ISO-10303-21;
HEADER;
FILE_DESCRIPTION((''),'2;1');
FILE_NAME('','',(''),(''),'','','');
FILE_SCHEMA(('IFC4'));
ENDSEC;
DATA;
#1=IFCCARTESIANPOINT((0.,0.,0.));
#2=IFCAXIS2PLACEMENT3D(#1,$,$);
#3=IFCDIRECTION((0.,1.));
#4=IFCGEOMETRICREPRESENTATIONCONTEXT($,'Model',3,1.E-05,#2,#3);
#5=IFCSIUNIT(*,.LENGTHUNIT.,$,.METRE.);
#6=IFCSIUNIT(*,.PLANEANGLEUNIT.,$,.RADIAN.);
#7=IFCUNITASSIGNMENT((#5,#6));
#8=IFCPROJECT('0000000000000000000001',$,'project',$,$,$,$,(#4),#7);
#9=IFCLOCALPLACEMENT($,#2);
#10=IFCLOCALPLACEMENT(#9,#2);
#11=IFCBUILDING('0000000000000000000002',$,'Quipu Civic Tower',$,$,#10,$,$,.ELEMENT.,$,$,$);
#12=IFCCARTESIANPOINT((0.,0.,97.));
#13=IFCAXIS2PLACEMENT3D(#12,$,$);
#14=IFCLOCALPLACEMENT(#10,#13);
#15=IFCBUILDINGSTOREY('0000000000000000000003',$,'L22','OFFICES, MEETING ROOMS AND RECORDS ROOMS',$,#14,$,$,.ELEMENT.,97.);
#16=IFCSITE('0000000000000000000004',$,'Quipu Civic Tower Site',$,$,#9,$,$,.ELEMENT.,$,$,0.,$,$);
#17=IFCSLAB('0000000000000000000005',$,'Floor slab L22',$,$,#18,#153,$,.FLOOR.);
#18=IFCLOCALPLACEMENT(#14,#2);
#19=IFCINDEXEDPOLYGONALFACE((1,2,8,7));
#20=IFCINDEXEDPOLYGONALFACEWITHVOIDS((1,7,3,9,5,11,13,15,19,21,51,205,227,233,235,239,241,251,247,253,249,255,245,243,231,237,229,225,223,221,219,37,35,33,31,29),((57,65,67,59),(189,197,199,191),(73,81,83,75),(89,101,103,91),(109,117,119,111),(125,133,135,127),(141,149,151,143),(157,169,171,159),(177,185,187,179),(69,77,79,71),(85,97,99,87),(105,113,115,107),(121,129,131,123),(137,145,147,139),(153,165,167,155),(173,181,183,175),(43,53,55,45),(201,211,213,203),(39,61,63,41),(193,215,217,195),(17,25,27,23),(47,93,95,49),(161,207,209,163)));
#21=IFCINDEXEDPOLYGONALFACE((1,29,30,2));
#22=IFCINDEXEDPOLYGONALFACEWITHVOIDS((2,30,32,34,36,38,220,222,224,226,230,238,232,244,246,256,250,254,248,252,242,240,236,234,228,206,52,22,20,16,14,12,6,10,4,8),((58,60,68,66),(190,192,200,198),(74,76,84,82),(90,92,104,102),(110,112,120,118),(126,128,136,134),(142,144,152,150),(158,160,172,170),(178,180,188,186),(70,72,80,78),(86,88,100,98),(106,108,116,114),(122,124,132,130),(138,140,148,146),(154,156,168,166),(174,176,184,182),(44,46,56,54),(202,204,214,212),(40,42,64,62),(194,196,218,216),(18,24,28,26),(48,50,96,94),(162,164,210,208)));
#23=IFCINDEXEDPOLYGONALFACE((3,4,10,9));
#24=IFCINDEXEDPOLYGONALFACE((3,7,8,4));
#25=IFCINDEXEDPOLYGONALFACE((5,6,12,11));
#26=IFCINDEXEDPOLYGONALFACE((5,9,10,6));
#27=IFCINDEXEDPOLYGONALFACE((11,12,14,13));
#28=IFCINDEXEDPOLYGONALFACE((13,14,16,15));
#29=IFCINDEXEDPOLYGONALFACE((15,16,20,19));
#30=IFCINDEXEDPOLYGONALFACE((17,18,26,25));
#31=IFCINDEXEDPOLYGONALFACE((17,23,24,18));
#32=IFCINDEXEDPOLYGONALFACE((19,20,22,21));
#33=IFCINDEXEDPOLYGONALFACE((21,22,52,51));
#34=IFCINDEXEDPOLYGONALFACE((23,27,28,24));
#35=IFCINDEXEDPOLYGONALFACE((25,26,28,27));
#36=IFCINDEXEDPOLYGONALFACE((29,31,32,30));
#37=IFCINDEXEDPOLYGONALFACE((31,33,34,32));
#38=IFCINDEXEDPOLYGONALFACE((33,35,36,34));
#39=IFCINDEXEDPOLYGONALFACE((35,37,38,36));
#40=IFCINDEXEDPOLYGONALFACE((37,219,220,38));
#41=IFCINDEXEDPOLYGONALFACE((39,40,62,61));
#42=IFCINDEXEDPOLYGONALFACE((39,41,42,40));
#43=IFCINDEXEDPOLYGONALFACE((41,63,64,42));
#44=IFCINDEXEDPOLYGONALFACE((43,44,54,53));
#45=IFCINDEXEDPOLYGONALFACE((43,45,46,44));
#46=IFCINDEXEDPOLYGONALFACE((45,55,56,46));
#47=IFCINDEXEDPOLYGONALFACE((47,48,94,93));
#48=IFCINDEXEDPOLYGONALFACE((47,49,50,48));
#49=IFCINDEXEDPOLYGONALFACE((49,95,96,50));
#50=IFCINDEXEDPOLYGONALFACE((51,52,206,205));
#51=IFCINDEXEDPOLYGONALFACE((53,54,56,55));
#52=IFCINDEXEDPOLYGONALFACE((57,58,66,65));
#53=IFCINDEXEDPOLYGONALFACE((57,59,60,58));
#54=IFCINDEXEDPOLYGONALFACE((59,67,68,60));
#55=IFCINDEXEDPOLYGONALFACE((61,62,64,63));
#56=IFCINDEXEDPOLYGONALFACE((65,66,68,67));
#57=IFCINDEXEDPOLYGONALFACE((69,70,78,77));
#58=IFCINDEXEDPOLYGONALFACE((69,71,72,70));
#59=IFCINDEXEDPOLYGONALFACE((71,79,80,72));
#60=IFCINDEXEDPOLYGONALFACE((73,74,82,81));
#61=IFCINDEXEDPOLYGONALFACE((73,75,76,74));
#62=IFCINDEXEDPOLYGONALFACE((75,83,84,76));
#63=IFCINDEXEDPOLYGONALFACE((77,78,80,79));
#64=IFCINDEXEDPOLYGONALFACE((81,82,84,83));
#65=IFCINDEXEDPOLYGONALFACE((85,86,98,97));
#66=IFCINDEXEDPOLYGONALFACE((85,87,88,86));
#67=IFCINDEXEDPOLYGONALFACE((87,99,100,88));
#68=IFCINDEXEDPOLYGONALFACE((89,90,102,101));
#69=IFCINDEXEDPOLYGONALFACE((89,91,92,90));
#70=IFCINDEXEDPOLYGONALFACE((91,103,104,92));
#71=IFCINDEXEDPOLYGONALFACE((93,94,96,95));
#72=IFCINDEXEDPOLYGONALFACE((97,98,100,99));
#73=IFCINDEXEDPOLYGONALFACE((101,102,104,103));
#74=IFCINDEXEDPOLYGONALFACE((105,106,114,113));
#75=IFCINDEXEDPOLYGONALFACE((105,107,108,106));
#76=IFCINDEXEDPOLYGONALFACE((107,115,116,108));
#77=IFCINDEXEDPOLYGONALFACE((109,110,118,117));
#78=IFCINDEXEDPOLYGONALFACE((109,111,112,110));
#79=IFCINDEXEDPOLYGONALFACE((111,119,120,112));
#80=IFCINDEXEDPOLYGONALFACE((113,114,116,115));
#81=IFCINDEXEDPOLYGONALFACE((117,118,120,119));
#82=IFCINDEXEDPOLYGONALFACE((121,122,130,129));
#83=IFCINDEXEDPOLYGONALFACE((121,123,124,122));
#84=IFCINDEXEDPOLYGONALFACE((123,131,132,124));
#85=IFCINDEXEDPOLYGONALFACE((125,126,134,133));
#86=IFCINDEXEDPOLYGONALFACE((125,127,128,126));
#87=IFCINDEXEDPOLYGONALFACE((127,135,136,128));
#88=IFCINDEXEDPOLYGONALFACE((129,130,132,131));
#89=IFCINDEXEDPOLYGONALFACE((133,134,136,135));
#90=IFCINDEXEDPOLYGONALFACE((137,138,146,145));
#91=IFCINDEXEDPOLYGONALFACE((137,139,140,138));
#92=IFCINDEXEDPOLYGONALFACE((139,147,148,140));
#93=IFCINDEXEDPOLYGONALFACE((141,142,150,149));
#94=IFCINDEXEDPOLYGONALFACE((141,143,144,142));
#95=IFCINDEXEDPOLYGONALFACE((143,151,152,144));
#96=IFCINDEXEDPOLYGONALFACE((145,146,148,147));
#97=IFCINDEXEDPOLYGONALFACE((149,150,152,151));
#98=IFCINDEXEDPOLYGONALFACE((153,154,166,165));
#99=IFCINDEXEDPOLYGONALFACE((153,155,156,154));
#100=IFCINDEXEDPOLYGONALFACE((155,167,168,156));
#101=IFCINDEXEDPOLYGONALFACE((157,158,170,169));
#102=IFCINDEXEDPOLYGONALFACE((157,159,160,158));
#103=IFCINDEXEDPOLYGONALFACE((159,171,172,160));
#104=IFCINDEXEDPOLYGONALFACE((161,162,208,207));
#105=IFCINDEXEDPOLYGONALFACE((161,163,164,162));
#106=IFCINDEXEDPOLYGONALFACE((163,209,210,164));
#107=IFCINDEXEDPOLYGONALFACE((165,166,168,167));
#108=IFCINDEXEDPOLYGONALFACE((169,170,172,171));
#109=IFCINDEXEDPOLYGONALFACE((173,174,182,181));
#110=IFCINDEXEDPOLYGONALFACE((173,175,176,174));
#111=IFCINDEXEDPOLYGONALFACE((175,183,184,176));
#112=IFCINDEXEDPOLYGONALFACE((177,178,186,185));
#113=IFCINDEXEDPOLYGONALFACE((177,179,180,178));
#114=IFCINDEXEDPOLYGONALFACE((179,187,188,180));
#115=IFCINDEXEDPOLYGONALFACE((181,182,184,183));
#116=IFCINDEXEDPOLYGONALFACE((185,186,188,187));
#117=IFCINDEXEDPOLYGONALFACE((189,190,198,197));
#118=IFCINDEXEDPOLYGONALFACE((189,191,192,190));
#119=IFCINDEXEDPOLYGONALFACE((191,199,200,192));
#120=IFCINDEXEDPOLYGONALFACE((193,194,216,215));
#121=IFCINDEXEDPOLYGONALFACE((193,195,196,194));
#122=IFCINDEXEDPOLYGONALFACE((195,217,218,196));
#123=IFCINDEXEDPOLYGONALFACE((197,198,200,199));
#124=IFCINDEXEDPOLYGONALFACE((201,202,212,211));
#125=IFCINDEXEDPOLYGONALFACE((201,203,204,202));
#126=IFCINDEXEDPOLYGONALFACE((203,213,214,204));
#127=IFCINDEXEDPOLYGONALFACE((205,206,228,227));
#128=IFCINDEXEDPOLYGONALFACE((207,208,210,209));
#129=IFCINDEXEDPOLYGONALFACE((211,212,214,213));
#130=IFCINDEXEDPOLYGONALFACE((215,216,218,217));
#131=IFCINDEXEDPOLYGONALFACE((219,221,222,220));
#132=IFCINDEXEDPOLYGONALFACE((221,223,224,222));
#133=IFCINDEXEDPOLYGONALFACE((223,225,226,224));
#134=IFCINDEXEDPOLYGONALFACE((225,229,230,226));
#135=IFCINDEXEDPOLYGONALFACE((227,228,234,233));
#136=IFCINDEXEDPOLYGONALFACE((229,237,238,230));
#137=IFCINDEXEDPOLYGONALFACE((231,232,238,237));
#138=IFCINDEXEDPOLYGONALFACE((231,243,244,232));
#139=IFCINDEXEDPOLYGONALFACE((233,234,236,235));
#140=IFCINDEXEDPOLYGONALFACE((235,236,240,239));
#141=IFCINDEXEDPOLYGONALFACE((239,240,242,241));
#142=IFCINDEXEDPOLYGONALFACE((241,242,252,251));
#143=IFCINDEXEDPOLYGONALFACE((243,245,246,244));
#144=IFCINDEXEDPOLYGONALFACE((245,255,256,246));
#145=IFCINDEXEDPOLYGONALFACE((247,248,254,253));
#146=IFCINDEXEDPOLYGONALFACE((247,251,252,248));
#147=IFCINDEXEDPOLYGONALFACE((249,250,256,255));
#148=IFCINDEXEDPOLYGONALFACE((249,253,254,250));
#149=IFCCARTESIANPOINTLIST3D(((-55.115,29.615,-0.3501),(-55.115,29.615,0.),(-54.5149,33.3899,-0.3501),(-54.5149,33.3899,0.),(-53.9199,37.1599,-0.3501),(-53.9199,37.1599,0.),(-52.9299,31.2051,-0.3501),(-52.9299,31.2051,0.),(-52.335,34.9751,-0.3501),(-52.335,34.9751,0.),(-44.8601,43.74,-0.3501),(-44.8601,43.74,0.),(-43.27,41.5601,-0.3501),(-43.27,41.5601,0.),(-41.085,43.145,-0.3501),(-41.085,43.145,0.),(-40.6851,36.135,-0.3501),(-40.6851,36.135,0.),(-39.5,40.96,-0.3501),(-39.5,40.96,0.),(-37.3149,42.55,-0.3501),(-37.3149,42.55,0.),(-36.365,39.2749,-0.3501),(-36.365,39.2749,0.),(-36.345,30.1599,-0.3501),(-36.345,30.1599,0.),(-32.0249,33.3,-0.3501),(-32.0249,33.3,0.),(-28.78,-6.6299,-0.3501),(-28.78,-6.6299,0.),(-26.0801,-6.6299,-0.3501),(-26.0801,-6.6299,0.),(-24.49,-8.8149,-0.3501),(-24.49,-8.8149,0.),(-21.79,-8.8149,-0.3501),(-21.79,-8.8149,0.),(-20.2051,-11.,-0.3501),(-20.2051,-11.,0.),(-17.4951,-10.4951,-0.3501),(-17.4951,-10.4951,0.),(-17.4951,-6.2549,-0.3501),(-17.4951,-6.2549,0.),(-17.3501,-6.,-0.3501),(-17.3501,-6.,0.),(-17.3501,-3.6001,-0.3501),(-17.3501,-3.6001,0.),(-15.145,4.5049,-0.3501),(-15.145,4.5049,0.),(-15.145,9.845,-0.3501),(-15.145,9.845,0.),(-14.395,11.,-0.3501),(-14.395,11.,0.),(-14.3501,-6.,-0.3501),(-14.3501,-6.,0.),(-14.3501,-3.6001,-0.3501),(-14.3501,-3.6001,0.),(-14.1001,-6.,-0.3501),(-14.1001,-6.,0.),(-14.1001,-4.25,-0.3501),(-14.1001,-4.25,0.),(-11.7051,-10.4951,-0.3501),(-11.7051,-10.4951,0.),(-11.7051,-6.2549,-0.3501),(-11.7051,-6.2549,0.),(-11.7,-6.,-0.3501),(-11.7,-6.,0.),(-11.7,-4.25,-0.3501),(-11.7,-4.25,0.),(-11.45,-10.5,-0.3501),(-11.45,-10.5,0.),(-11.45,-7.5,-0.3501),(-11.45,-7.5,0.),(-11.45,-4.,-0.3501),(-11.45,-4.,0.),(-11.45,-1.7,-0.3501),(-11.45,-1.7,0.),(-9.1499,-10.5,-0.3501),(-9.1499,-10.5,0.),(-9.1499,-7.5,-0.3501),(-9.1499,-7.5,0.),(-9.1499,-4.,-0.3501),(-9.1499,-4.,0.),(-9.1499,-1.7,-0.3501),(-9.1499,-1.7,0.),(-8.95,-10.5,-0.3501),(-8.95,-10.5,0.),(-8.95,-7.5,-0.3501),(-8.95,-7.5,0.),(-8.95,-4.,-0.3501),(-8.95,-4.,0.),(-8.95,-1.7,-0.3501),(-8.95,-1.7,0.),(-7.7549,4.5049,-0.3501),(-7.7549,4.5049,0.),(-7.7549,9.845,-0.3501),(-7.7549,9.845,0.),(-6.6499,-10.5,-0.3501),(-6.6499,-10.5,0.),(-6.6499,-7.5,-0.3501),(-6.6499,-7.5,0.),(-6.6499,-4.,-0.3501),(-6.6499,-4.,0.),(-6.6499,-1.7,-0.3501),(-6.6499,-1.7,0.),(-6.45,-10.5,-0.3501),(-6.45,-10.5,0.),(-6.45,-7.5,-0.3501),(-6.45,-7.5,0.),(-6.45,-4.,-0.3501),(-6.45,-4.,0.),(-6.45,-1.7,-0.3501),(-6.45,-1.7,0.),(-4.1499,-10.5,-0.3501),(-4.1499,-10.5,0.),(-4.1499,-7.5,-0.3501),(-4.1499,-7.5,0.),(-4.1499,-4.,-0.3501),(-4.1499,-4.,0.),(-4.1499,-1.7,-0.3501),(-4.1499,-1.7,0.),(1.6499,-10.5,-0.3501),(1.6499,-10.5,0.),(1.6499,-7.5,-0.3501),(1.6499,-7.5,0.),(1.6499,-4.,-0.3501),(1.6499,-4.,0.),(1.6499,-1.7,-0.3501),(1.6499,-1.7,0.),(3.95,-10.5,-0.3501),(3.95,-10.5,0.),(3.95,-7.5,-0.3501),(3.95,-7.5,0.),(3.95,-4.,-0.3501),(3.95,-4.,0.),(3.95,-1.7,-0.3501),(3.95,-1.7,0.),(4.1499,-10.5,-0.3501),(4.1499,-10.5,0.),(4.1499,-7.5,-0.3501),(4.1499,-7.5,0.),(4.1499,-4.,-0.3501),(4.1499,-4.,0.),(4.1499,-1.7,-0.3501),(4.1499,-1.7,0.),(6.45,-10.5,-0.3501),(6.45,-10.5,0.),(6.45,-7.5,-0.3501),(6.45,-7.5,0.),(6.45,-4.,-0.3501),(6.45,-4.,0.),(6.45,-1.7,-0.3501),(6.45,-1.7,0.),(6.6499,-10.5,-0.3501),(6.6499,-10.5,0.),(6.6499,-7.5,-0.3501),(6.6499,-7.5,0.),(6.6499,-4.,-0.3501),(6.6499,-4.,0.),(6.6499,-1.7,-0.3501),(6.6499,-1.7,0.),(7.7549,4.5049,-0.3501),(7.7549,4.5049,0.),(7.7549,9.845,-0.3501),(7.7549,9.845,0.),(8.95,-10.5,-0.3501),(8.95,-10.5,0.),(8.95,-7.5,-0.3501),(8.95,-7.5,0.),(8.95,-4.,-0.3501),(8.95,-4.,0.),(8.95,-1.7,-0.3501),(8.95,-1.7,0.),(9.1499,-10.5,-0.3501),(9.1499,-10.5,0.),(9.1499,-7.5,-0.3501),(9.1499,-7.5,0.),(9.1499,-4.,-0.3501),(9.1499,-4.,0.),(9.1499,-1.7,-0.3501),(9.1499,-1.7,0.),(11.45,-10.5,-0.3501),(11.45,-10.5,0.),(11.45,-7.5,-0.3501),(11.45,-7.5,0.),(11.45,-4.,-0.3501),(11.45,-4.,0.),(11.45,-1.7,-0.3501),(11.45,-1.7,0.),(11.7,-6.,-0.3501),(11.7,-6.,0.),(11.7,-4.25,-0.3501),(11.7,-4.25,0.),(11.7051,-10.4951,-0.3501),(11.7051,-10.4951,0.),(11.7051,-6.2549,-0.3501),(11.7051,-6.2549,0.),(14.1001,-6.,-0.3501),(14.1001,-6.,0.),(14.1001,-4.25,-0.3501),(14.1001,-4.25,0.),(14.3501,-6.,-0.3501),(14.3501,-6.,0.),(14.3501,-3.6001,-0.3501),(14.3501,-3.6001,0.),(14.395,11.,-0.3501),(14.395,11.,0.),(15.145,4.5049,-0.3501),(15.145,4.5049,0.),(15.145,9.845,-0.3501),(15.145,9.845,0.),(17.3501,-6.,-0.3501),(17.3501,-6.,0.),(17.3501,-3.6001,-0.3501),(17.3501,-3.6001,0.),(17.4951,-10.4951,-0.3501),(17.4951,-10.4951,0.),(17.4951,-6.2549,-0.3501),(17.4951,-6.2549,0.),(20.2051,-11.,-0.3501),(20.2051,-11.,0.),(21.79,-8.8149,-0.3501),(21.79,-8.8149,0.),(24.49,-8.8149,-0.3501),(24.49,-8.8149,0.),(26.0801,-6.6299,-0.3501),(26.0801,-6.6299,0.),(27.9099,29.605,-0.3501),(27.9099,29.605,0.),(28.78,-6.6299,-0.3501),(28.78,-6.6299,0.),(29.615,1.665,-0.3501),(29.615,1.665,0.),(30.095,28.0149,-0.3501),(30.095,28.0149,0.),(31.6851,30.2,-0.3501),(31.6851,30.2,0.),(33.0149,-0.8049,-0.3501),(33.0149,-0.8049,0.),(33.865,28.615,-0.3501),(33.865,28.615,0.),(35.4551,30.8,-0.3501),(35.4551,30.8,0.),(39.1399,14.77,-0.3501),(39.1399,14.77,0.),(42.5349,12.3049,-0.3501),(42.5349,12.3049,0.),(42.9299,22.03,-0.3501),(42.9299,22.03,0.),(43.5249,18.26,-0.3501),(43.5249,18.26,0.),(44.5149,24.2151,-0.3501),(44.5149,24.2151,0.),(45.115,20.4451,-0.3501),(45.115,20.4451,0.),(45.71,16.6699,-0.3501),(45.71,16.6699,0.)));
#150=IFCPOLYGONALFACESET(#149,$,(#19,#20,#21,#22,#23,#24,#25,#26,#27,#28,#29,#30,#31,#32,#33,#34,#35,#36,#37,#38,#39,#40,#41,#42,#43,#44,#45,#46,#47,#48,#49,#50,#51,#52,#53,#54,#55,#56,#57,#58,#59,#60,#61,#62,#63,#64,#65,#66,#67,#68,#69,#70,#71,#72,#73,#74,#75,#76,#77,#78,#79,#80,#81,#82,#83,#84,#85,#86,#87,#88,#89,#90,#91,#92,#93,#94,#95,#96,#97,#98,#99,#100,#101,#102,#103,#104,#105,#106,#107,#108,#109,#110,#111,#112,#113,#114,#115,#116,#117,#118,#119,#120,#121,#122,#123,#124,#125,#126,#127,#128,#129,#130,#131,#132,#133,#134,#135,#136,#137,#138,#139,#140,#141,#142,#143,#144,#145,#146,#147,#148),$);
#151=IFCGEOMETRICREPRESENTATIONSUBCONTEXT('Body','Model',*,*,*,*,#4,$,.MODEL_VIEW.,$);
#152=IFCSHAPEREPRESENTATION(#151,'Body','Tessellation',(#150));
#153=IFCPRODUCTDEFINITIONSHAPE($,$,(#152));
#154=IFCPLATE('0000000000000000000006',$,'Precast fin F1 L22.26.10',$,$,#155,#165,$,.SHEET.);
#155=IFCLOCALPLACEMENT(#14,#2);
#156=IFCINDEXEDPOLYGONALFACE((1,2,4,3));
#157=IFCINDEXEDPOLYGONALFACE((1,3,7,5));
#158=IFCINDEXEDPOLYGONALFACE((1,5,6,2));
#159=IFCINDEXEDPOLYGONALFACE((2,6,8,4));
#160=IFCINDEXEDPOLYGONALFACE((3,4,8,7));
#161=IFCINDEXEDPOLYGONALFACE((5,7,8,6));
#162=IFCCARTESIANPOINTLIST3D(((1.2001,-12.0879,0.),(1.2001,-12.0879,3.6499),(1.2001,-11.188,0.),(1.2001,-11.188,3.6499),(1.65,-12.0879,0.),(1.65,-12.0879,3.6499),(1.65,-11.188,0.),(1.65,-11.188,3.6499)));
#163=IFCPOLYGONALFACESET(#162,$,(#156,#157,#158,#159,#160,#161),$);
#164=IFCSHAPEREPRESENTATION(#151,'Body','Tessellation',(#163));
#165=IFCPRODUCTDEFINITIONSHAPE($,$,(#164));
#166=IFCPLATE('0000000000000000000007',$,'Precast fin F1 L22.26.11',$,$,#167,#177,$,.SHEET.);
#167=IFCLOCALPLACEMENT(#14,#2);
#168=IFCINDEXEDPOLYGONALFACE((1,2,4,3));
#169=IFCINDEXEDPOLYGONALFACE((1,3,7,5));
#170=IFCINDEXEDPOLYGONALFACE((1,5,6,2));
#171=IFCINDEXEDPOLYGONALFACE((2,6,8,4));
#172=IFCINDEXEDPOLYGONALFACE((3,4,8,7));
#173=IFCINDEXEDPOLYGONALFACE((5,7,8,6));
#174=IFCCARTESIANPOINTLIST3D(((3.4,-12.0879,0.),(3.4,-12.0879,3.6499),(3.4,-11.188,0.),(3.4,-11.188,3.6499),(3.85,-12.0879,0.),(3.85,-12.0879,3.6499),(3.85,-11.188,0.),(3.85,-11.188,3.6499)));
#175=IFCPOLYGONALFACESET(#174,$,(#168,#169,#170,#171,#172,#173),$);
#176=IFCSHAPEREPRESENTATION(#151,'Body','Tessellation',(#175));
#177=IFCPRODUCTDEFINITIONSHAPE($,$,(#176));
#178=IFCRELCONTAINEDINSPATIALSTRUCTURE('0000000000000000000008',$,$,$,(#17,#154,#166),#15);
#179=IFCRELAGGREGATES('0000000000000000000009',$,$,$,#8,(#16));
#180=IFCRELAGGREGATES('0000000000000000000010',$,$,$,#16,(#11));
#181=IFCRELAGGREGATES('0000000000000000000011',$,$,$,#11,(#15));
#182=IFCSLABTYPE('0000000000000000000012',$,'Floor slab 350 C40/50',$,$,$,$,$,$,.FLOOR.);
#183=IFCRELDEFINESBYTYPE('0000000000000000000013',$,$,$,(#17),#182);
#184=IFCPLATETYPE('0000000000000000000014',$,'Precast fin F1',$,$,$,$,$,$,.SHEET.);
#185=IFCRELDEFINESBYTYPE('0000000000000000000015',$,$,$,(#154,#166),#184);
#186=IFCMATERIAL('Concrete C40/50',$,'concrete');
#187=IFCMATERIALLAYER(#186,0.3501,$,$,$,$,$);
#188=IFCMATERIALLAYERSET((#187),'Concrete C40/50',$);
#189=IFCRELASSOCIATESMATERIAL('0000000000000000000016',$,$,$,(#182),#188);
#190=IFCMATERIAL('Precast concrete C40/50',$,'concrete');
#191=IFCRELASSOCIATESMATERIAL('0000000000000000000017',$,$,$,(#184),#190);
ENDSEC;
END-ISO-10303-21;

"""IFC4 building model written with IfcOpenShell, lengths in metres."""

from ifc_helpers import new_model, si_unit, direction, frame, origin, origin_2d, place, context, subcontext, project, spatial, polyline, rectangle, outline, extrude, material, layer, layer_set, type_object, element, save


model = new_model("IFC4")

# Units and contexts
model_context = context("Model", 3, precision=1e-05, world=origin(), true_north=direction((0.0, 1.0)))
body_context = subcontext(model_context, "Body", "Model", "MODEL_VIEW")
ifc_project = project(units=[si_unit("LENGTHUNIT", "METRE"), si_unit("PLANEANGLEUNIT", "RADIAN")], contexts=[model_context])

# Site, building, storey
site_placement = place(None, origin())
site = spatial("IfcSite", under=ifc_project, at=site_placement, Name="Quipu Civic Tower Site", CompositionType="ELEMENT", RefElevation=0.0)
building_placement = place(site_placement, origin())
building = spatial("IfcBuilding", under=site, at=building_placement, Name="Quipu Civic Tower", CompositionType="ELEMENT")
storey_placement = place(building_placement, frame((0.0, 0.0, 97.0)))
storey = spatial("IfcBuildingStorey", under=building, at=storey_placement, Name="L22", Description="OFFICES, MEETING ROOMS AND RECORDS ROOMS", CompositionType="ELEMENT", Elevation=97.0)

# Slab
ifc_material_1 = material(Name="Concrete C40/50", Category="concrete")
ifc_layer_1 = layer(ifc_material_1, 0.3501)
ifc_layer_set_1 = layer_set([ifc_layer_1], Name="Concrete C40/50")
slab_type_1 = type_object("IfcSlabType", Name="Floor slab 350 C40/50", PredefinedType="FLOOR", material=ifc_layer_set_1)
slab_1_placement = place(storey_placement, frame((0.0, 0.0, -0.3501)))
element("IfcSlab", 1, at=slab_1_placement, inside=storey, type_object=slab_type_1, Name="Floor slab L22", PredefinedType="FLOOR", context=body_context, shape_type="SweptSolid", body=[
    extrude(outline(polyline([(24.49, -8.8149), (21.79, -8.8149), (20.2051, -11.0), (-20.2051, -11.0), (-21.79, -8.8149), (-24.49, -8.8149), (-26.0801, -6.6299), (-28.78, -6.6299), (-55.115, 29.615), (-52.9299, 31.2051), (-54.5149, 33.3899), (-52.335, 34.9751), (-53.9199, 37.1599), (-44.8601, 43.74), (-43.27, 41.5601), (-41.085, 43.145), (-39.5, 40.96), (-37.3149, 42.55), (-14.395, 11.0), (14.395, 11.0), (27.9099, 29.605), (30.095, 28.0149), (31.6851, 30.2), (33.865, 28.615), (35.4551, 30.8), (44.5149, 24.2151), (42.9299, 22.03), (45.115, 20.4451), (43.5249, 18.26), (45.71, 16.6699), (42.5349, 12.3049), (39.1399, 14.77), (29.615, 1.665), (33.0149, -0.8049), (28.78, -6.6299), (26.0801, -6.6299), (24.49, -8.8149)]), holes=[polyline([(-11.45, -7.5), (-11.45, -10.5), (-9.1499, -10.5), (-9.1499, -7.5), (-11.45, -7.5)]), polyline([(-8.95, -7.5), (-8.95, -10.5), (-6.6499, -10.5), (-6.6499, -7.5), (-8.95, -7.5)]), polyline([(-6.45, -7.5), (-6.45, -10.5), (-4.1499, -10.5), (-4.1499, -7.5), (-6.45, -7.5)]), polyline([(-11.7051, -10.4951), (-11.7051, -6.2549), (-17.4951, -6.2549), (-17.4951, -10.4951), (-11.7051, -10.4951)]), polyline([(-11.7, -4.25), (-14.1001, -4.25), (-14.1001, -6.0), (-11.7, -6.0), (-11.7, -4.25)]), polyline([(-17.3501, -3.6001), (-17.3501, -6.0), (-14.3501, -6.0), (-14.3501, -3.6001), (-17.3501, -3.6001)]), polyline([(-9.1499, -1.7), (-11.45, -1.7), (-11.45, -4.0), (-9.1499, -4.0), (-9.1499, -1.7)]), polyline([(-6.6499, -1.7), (-8.95, -1.7), (-8.95, -4.0), (-6.6499, -4.0), (-6.6499, -1.7)]), polyline([(-6.45, -1.7), (-6.45, -4.0), (-4.1499, -4.0), (-4.1499, -1.7), (-6.45, -1.7)]), polyline([(3.95, -1.7), (1.6499, -1.7), (1.6499, -4.0), (3.95, -4.0), (3.95, -1.7)]), polyline([(-7.7549, 4.5049), (-7.7549, 9.845), (-15.145, 9.845), (-15.145, 4.5049), (-7.7549, 4.5049)]), polyline([(-40.6851, 36.135), (-36.345, 30.1599), (-32.0249, 33.3), (-36.365, 39.2749), (-40.6851, 36.135)]), polyline([(3.95, -7.5), (1.6499, -7.5), (1.6499, -10.5), (3.95, -10.5), (3.95, -7.5)]), polyline([(6.45, -7.5), (4.1499, -7.5), (4.1499, -10.5), (6.45, -10.5), (6.45, -7.5)]), polyline([(6.6499, -7.5), (6.6499, -10.5), (8.95, -10.5), (8.95, -7.5), (6.6499, -7.5)]), polyline([(11.45, -7.5), (9.1499, -7.5), (9.1499, -10.5), (11.45, -10.5), (11.45, -7.5)]), polyline([(11.7051, -6.2549), (11.7051, -10.4951), (17.4951, -10.4951), (17.4951, -6.2549), (11.7051, -6.2549)]), polyline([(11.7, -4.25), (11.7, -6.0), (14.1001, -6.0), (14.1001, -4.25), (11.7, -4.25)]), polyline([(17.3501, -3.6001), (14.3501, -3.6001), (14.3501, -6.0), (17.3501, -6.0), (17.3501, -3.6001)]), polyline([(6.45, -1.7), (4.1499, -1.7), (4.1499, -4.0), (6.45, -4.0), (6.45, -1.7)]), polyline([(6.6499, -1.7), (6.6499, -4.0), (8.95, -4.0), (8.95, -1.7), (6.6499, -1.7)]), polyline([(11.45, -1.7), (9.1499, -1.7), (9.1499, -4.0), (11.45, -4.0), (11.45, -1.7)]), polyline([(7.7549, 9.845), (7.7549, 4.5049), (15.145, 4.5049), (15.145, 9.845), (7.7549, 9.845)])]), origin(), (0.0, 0.0, 1.0), 0.3501),
])

# Plates
ifc_material_2 = material(Name="Precast concrete C40/50", Category="concrete")
plate_type = type_object("IfcPlateType", Name="Precast fin F1", PredefinedType="SHEET", material=ifc_material_2)
for number, where, z_axis, x_axis, name in (
    (2, (1.425, -11.6379, 0.0), (0.0, 0.0, 1.0), (1.0, 0.0, 0.0), "Precast fin F1 L22.26.10"),
    (3, (3.625, -11.6379, 0.0), (0.0, 0.0, 1.0), (1.0, 0.0, 0.0), "Precast fin F1 L22.26.11"),
):
    element("IfcPlate", number, at=place(storey_placement, frame(where, z_axis=z_axis, x_axis=x_axis)), inside=storey, type_object=plate_type, Name=name, PredefinedType="SHEET", context=body_context, shape_type="SweptSolid", body=[
        extrude(rectangle(XDim=0.45, YDim=0.8999, at=origin_2d()), origin(), (0.0, 0.0, 1.0), 3.6499),
    ])

save(model, "model.ifc")
